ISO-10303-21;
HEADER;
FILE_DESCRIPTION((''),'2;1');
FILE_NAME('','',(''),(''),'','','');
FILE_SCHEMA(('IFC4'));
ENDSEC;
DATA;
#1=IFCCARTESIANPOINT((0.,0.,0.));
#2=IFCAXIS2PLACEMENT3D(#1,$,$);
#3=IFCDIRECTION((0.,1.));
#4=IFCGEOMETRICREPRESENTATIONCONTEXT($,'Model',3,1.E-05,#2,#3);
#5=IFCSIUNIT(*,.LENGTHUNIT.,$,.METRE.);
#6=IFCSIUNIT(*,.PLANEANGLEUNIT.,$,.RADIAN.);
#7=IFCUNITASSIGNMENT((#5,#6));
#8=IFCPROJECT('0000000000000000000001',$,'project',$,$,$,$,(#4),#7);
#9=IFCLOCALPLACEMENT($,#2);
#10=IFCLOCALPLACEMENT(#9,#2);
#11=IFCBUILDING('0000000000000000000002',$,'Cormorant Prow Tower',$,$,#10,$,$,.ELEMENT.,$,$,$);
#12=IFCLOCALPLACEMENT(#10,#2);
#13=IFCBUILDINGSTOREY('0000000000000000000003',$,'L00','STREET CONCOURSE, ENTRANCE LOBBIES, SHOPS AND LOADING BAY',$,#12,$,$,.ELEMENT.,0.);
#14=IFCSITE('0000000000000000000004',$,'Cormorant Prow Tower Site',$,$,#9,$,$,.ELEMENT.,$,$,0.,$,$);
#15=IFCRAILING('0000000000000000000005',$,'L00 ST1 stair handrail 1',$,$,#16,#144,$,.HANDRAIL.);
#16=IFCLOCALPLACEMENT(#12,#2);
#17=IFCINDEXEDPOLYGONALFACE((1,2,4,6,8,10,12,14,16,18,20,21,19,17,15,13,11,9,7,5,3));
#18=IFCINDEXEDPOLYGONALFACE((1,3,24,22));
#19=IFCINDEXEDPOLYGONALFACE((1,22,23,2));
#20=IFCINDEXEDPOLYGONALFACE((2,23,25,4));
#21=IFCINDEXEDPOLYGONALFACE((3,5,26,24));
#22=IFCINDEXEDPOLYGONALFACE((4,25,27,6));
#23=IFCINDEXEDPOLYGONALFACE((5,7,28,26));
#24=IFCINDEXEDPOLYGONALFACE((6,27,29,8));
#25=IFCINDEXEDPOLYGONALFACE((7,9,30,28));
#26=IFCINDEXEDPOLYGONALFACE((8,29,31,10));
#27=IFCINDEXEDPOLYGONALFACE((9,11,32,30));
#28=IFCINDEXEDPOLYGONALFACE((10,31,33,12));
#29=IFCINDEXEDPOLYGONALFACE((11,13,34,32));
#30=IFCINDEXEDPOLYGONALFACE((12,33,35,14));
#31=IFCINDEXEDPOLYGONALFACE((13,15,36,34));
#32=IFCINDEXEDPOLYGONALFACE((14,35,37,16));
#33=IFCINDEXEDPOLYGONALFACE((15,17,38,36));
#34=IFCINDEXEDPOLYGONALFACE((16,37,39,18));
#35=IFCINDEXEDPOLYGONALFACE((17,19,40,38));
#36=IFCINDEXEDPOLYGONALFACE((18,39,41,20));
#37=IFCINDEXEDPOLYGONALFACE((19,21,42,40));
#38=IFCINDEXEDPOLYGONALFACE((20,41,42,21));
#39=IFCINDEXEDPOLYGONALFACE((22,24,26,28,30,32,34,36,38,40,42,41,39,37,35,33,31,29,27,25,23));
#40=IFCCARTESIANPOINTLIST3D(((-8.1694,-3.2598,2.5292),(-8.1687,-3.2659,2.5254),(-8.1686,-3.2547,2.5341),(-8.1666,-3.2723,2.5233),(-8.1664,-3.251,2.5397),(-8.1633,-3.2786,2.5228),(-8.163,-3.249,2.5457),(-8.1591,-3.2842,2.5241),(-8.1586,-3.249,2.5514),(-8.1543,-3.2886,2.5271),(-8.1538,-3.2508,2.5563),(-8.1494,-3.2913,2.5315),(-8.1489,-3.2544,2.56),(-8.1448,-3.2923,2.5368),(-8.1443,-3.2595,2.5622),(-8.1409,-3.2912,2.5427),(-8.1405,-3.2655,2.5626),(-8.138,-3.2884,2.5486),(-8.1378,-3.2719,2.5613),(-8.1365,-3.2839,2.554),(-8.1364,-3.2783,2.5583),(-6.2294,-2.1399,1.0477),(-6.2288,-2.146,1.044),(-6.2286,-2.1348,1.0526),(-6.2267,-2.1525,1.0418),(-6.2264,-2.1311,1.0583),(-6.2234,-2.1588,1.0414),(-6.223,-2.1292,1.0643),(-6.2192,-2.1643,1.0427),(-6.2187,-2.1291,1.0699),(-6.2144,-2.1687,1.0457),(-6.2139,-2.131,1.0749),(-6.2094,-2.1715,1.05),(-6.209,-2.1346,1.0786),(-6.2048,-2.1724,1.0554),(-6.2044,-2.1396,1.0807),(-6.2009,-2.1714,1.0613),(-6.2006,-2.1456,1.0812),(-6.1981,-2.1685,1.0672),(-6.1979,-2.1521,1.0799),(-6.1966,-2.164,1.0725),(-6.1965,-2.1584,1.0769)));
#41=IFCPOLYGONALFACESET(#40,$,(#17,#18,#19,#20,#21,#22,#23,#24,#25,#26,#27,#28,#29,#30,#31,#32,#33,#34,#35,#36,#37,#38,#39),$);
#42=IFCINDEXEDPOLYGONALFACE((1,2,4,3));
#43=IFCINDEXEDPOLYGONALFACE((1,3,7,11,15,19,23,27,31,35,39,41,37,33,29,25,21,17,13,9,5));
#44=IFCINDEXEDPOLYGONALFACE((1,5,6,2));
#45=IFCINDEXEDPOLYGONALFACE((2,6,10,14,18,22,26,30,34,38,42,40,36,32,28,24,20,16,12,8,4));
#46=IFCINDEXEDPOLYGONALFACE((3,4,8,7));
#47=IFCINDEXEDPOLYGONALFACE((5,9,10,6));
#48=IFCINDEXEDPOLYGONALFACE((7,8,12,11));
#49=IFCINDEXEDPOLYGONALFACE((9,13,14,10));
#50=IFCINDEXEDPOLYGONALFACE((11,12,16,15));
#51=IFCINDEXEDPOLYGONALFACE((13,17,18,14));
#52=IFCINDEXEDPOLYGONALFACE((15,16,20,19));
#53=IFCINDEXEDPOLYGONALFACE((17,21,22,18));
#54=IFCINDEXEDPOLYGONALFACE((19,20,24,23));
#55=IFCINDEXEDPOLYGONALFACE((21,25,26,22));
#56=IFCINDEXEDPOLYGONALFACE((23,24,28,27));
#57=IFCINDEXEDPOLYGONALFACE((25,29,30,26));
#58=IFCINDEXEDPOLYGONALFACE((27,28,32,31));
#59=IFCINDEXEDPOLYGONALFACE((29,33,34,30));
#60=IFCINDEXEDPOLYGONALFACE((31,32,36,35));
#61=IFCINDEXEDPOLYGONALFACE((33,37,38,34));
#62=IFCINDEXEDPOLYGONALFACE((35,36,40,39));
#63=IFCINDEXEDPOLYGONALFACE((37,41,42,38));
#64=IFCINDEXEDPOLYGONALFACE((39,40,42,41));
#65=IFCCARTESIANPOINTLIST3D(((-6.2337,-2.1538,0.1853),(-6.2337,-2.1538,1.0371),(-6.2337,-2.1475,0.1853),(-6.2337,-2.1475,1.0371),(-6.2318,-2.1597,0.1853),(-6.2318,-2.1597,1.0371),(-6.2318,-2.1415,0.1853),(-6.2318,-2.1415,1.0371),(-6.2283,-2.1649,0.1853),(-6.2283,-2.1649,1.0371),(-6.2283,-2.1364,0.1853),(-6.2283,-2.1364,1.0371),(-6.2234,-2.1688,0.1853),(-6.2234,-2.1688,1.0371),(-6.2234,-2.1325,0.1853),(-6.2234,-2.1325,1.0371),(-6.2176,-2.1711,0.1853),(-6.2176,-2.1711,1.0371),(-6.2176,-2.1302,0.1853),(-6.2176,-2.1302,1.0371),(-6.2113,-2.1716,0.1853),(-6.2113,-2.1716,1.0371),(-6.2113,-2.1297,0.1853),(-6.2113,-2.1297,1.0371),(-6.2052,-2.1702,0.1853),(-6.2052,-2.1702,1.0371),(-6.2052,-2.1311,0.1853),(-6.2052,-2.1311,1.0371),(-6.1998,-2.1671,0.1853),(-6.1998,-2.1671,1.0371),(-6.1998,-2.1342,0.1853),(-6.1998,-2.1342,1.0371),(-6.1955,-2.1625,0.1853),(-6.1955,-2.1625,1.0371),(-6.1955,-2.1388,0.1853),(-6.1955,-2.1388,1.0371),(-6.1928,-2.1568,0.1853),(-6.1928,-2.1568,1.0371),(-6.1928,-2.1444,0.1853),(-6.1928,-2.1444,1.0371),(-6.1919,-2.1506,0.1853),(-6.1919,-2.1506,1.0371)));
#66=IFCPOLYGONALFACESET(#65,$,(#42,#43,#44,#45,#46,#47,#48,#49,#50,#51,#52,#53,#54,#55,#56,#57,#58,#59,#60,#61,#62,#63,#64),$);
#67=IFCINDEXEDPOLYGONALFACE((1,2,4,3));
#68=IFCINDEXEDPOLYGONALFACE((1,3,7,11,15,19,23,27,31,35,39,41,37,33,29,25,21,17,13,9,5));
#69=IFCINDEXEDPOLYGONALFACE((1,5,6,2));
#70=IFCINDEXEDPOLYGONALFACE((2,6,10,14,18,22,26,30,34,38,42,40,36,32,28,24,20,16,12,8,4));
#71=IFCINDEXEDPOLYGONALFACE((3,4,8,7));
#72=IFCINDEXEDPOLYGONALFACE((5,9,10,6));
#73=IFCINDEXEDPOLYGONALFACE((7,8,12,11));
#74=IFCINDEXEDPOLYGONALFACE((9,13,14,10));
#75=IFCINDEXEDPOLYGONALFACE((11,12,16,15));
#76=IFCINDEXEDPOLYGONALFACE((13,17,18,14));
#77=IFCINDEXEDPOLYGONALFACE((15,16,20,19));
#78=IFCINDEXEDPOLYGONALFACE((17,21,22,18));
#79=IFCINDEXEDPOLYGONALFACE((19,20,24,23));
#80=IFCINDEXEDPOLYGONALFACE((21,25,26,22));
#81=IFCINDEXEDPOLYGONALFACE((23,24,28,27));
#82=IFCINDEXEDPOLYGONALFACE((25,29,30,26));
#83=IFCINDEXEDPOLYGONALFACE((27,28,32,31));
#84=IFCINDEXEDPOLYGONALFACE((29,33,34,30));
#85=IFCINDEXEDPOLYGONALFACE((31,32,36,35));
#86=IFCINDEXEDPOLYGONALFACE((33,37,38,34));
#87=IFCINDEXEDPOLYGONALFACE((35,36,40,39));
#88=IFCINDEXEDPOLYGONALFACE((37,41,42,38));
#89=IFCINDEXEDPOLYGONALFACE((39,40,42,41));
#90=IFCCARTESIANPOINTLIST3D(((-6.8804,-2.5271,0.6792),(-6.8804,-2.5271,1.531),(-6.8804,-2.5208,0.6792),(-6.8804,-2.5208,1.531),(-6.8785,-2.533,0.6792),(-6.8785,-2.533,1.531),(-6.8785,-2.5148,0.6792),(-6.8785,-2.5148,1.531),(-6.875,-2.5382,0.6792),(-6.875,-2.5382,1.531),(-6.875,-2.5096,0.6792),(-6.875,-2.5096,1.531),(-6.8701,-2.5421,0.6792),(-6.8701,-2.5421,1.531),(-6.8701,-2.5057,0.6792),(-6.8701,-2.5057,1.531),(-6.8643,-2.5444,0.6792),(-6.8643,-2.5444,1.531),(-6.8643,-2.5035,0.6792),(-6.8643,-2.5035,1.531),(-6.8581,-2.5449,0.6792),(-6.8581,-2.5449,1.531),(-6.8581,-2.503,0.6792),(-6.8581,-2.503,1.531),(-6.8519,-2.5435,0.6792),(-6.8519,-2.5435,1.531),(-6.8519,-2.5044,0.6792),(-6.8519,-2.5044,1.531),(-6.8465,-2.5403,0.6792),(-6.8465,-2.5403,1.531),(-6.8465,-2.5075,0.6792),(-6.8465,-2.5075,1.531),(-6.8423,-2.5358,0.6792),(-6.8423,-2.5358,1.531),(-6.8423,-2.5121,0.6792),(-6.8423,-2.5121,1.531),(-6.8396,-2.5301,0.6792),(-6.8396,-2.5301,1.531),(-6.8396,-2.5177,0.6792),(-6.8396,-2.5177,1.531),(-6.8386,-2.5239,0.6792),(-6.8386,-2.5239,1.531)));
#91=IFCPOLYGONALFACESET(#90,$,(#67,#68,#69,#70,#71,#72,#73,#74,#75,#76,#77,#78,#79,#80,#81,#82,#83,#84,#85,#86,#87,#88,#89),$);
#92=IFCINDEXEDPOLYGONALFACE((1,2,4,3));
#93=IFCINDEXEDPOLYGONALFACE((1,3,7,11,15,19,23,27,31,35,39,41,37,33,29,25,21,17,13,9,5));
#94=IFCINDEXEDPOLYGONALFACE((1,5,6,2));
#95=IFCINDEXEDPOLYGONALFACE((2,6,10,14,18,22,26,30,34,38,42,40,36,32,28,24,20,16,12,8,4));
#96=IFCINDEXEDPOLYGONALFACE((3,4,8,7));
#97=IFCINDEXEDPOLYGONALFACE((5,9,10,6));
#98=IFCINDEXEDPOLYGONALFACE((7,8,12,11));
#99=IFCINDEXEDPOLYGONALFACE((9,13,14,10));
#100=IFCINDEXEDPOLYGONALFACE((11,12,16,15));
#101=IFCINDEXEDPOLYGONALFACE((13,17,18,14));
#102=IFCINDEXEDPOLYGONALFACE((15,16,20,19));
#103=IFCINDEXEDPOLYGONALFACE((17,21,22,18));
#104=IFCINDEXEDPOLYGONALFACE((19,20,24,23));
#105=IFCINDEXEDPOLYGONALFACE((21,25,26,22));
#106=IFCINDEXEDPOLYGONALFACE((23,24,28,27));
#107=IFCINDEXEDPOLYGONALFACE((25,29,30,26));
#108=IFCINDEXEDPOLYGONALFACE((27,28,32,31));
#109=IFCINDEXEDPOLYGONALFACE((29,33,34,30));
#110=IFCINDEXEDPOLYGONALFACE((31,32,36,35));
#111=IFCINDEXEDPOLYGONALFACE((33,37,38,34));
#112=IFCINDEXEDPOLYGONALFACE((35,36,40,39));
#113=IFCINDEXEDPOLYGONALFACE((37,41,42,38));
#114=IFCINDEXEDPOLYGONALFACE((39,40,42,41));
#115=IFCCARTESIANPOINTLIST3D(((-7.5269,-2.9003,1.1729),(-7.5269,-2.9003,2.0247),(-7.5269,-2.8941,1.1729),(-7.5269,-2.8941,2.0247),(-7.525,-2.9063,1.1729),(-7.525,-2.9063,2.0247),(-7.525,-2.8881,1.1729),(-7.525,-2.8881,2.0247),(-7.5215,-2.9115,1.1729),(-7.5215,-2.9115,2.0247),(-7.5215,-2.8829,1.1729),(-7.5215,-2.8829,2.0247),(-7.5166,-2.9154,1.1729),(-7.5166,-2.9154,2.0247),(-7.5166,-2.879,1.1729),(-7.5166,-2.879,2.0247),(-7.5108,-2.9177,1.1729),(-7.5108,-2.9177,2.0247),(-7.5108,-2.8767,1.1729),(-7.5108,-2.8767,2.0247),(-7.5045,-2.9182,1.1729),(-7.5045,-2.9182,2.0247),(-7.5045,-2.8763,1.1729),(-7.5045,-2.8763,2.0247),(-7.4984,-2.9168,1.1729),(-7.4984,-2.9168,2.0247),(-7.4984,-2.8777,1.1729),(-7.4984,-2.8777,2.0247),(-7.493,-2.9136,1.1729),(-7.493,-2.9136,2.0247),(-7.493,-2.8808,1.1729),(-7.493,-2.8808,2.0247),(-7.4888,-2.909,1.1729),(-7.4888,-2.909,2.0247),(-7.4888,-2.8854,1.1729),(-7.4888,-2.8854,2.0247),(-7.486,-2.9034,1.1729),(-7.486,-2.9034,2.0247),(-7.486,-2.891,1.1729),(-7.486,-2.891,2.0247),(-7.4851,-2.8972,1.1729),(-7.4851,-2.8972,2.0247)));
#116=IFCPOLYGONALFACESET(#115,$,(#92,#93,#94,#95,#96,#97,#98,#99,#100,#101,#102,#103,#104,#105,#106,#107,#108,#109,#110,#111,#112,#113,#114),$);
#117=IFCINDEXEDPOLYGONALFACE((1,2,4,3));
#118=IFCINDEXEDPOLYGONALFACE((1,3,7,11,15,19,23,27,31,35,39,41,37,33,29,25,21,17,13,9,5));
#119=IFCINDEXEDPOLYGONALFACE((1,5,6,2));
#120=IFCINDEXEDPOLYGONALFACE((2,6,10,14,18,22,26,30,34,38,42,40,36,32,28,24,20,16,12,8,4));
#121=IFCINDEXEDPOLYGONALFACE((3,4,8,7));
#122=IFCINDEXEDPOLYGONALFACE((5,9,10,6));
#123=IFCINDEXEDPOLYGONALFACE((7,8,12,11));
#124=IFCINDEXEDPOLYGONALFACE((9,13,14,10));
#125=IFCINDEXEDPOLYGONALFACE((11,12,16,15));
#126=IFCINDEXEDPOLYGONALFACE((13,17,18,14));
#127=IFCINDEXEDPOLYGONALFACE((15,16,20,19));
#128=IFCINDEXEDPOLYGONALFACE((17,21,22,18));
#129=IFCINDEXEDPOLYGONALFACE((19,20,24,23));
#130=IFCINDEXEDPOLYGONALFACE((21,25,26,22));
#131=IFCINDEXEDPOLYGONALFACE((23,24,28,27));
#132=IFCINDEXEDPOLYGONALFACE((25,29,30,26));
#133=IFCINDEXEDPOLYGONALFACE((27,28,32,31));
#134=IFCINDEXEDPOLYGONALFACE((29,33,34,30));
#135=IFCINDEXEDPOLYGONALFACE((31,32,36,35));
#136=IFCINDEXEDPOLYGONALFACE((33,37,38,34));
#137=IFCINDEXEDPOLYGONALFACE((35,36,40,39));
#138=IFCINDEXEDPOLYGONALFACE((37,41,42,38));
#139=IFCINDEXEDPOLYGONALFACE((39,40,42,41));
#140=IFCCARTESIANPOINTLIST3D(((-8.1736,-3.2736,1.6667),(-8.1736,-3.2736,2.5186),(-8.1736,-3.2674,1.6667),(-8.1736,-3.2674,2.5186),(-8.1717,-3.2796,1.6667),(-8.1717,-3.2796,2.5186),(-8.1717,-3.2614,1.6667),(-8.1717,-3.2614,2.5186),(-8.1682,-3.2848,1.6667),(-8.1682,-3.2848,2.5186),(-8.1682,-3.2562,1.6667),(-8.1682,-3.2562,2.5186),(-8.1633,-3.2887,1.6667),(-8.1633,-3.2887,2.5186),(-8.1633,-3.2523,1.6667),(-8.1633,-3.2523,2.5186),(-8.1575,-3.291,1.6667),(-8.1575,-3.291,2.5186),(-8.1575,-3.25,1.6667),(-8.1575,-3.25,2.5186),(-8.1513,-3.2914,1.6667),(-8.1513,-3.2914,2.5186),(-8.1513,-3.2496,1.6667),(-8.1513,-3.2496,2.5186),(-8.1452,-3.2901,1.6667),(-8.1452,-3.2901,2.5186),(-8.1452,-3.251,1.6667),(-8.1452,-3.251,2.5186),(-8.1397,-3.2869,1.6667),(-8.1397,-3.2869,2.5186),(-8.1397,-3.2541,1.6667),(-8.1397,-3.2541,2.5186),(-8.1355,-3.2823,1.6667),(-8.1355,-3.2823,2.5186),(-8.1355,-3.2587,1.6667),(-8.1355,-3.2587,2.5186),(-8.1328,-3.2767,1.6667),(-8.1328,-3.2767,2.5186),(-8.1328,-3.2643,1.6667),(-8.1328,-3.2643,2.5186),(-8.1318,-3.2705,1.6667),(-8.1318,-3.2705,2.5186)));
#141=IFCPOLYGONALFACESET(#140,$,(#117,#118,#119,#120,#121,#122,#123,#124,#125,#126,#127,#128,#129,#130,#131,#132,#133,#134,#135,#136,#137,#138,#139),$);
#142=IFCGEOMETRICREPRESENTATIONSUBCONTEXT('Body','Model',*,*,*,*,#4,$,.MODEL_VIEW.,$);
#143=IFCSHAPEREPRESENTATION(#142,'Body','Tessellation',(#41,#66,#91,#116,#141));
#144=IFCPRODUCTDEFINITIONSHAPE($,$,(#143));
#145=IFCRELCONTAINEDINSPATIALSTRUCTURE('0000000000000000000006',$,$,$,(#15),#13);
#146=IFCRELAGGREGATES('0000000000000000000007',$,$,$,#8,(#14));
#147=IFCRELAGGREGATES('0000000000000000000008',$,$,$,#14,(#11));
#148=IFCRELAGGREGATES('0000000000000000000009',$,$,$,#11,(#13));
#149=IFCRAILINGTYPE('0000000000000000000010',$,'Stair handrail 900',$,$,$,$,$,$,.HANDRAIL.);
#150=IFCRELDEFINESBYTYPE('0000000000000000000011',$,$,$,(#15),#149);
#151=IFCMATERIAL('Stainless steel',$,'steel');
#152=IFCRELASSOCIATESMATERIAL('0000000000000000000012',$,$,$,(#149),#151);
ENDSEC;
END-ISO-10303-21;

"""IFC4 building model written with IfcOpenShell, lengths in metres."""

from ifc_helpers import new_model, si_unit, direction, frame, origin, origin_2d, place, context, subcontext, project, spatial, circle, extrude, material, type_object, element, save


model = new_model("IFC4")

# Units and contexts
model_context = context("Model", 3, precision=1e-05, world=origin(), true_north=direction((0.0, 1.0)))
body_context = subcontext(model_context, "Body", "Model", "MODEL_VIEW")
ifc_project = project(units=[si_unit("LENGTHUNIT", "METRE"), si_unit("PLANEANGLEUNIT", "RADIAN")], contexts=[model_context])

# Site, building, storey
site_placement = place(None, origin())
site = spatial("IfcSite", under=ifc_project, at=site_placement, Name="Cormorant Prow Tower Site", CompositionType="ELEMENT", RefElevation=0.0)
building_placement = place(site_placement, origin())
building = spatial("IfcBuilding", under=site, at=building_placement, Name="Cormorant Prow Tower", CompositionType="ELEMENT")
storey_placement = place(building_placement, origin())
storey = spatial("IfcBuildingStorey", under=building, at=storey_placement, Name="L00", Description="STREET CONCOURSE, ENTRANCE LOBBIES, SHOPS AND LOADING BAY", CompositionType="ELEMENT", Elevation=0.0)

# Railing
ifc_material_1 = material(Name="Stainless steel", Category="steel")
railing_type_1 = type_object("IfcRailingType", Name="Stair handrail 900", PredefinedType="HANDRAIL", material=ifc_material_1)
railing_1_placement = place(storey_placement, frame((-6.2129, -2.1506, 0.1853)))
element("IfcRailing", 1, at=railing_1_placement, inside=storey, type_object=railing_type_1, Name="L00 ST1 stair handrail 1", PredefinedType="HANDRAIL", context=body_context, shape_type="SweptSolid", body=[
    extrude(circle(Radius=0.0239, at=origin_2d()), frame((0.0, 0.0, 0.876), z_axis=(-0.722363, -0.417, 0.551636), x_axis=(0.499949, -0.866055, 0.0)), (0.0, 0.0, 1.0), 2.6855),
    extrude(circle(Radius=0.021, at=origin_2d()), origin(), (0.0, 0.0, 1.0), 0.8518),
    extrude(circle(Radius=0.021, at=origin_2d()), frame((-0.6467, -0.3733, 0.4939)), (0.0, 0.0, 1.0), 0.8518),
    extrude(circle(Radius=0.021, at=origin_2d()), frame((-1.2932, -0.7466, 0.9875)), (0.0, 0.0, 1.0), 0.8518),
    extrude(circle(Radius=0.021, at=origin_2d()), frame((-1.9399, -1.1199, 1.4814)), (0.0, 0.0, 1.0), 0.8518),
])

save(model, "model.ifc")
